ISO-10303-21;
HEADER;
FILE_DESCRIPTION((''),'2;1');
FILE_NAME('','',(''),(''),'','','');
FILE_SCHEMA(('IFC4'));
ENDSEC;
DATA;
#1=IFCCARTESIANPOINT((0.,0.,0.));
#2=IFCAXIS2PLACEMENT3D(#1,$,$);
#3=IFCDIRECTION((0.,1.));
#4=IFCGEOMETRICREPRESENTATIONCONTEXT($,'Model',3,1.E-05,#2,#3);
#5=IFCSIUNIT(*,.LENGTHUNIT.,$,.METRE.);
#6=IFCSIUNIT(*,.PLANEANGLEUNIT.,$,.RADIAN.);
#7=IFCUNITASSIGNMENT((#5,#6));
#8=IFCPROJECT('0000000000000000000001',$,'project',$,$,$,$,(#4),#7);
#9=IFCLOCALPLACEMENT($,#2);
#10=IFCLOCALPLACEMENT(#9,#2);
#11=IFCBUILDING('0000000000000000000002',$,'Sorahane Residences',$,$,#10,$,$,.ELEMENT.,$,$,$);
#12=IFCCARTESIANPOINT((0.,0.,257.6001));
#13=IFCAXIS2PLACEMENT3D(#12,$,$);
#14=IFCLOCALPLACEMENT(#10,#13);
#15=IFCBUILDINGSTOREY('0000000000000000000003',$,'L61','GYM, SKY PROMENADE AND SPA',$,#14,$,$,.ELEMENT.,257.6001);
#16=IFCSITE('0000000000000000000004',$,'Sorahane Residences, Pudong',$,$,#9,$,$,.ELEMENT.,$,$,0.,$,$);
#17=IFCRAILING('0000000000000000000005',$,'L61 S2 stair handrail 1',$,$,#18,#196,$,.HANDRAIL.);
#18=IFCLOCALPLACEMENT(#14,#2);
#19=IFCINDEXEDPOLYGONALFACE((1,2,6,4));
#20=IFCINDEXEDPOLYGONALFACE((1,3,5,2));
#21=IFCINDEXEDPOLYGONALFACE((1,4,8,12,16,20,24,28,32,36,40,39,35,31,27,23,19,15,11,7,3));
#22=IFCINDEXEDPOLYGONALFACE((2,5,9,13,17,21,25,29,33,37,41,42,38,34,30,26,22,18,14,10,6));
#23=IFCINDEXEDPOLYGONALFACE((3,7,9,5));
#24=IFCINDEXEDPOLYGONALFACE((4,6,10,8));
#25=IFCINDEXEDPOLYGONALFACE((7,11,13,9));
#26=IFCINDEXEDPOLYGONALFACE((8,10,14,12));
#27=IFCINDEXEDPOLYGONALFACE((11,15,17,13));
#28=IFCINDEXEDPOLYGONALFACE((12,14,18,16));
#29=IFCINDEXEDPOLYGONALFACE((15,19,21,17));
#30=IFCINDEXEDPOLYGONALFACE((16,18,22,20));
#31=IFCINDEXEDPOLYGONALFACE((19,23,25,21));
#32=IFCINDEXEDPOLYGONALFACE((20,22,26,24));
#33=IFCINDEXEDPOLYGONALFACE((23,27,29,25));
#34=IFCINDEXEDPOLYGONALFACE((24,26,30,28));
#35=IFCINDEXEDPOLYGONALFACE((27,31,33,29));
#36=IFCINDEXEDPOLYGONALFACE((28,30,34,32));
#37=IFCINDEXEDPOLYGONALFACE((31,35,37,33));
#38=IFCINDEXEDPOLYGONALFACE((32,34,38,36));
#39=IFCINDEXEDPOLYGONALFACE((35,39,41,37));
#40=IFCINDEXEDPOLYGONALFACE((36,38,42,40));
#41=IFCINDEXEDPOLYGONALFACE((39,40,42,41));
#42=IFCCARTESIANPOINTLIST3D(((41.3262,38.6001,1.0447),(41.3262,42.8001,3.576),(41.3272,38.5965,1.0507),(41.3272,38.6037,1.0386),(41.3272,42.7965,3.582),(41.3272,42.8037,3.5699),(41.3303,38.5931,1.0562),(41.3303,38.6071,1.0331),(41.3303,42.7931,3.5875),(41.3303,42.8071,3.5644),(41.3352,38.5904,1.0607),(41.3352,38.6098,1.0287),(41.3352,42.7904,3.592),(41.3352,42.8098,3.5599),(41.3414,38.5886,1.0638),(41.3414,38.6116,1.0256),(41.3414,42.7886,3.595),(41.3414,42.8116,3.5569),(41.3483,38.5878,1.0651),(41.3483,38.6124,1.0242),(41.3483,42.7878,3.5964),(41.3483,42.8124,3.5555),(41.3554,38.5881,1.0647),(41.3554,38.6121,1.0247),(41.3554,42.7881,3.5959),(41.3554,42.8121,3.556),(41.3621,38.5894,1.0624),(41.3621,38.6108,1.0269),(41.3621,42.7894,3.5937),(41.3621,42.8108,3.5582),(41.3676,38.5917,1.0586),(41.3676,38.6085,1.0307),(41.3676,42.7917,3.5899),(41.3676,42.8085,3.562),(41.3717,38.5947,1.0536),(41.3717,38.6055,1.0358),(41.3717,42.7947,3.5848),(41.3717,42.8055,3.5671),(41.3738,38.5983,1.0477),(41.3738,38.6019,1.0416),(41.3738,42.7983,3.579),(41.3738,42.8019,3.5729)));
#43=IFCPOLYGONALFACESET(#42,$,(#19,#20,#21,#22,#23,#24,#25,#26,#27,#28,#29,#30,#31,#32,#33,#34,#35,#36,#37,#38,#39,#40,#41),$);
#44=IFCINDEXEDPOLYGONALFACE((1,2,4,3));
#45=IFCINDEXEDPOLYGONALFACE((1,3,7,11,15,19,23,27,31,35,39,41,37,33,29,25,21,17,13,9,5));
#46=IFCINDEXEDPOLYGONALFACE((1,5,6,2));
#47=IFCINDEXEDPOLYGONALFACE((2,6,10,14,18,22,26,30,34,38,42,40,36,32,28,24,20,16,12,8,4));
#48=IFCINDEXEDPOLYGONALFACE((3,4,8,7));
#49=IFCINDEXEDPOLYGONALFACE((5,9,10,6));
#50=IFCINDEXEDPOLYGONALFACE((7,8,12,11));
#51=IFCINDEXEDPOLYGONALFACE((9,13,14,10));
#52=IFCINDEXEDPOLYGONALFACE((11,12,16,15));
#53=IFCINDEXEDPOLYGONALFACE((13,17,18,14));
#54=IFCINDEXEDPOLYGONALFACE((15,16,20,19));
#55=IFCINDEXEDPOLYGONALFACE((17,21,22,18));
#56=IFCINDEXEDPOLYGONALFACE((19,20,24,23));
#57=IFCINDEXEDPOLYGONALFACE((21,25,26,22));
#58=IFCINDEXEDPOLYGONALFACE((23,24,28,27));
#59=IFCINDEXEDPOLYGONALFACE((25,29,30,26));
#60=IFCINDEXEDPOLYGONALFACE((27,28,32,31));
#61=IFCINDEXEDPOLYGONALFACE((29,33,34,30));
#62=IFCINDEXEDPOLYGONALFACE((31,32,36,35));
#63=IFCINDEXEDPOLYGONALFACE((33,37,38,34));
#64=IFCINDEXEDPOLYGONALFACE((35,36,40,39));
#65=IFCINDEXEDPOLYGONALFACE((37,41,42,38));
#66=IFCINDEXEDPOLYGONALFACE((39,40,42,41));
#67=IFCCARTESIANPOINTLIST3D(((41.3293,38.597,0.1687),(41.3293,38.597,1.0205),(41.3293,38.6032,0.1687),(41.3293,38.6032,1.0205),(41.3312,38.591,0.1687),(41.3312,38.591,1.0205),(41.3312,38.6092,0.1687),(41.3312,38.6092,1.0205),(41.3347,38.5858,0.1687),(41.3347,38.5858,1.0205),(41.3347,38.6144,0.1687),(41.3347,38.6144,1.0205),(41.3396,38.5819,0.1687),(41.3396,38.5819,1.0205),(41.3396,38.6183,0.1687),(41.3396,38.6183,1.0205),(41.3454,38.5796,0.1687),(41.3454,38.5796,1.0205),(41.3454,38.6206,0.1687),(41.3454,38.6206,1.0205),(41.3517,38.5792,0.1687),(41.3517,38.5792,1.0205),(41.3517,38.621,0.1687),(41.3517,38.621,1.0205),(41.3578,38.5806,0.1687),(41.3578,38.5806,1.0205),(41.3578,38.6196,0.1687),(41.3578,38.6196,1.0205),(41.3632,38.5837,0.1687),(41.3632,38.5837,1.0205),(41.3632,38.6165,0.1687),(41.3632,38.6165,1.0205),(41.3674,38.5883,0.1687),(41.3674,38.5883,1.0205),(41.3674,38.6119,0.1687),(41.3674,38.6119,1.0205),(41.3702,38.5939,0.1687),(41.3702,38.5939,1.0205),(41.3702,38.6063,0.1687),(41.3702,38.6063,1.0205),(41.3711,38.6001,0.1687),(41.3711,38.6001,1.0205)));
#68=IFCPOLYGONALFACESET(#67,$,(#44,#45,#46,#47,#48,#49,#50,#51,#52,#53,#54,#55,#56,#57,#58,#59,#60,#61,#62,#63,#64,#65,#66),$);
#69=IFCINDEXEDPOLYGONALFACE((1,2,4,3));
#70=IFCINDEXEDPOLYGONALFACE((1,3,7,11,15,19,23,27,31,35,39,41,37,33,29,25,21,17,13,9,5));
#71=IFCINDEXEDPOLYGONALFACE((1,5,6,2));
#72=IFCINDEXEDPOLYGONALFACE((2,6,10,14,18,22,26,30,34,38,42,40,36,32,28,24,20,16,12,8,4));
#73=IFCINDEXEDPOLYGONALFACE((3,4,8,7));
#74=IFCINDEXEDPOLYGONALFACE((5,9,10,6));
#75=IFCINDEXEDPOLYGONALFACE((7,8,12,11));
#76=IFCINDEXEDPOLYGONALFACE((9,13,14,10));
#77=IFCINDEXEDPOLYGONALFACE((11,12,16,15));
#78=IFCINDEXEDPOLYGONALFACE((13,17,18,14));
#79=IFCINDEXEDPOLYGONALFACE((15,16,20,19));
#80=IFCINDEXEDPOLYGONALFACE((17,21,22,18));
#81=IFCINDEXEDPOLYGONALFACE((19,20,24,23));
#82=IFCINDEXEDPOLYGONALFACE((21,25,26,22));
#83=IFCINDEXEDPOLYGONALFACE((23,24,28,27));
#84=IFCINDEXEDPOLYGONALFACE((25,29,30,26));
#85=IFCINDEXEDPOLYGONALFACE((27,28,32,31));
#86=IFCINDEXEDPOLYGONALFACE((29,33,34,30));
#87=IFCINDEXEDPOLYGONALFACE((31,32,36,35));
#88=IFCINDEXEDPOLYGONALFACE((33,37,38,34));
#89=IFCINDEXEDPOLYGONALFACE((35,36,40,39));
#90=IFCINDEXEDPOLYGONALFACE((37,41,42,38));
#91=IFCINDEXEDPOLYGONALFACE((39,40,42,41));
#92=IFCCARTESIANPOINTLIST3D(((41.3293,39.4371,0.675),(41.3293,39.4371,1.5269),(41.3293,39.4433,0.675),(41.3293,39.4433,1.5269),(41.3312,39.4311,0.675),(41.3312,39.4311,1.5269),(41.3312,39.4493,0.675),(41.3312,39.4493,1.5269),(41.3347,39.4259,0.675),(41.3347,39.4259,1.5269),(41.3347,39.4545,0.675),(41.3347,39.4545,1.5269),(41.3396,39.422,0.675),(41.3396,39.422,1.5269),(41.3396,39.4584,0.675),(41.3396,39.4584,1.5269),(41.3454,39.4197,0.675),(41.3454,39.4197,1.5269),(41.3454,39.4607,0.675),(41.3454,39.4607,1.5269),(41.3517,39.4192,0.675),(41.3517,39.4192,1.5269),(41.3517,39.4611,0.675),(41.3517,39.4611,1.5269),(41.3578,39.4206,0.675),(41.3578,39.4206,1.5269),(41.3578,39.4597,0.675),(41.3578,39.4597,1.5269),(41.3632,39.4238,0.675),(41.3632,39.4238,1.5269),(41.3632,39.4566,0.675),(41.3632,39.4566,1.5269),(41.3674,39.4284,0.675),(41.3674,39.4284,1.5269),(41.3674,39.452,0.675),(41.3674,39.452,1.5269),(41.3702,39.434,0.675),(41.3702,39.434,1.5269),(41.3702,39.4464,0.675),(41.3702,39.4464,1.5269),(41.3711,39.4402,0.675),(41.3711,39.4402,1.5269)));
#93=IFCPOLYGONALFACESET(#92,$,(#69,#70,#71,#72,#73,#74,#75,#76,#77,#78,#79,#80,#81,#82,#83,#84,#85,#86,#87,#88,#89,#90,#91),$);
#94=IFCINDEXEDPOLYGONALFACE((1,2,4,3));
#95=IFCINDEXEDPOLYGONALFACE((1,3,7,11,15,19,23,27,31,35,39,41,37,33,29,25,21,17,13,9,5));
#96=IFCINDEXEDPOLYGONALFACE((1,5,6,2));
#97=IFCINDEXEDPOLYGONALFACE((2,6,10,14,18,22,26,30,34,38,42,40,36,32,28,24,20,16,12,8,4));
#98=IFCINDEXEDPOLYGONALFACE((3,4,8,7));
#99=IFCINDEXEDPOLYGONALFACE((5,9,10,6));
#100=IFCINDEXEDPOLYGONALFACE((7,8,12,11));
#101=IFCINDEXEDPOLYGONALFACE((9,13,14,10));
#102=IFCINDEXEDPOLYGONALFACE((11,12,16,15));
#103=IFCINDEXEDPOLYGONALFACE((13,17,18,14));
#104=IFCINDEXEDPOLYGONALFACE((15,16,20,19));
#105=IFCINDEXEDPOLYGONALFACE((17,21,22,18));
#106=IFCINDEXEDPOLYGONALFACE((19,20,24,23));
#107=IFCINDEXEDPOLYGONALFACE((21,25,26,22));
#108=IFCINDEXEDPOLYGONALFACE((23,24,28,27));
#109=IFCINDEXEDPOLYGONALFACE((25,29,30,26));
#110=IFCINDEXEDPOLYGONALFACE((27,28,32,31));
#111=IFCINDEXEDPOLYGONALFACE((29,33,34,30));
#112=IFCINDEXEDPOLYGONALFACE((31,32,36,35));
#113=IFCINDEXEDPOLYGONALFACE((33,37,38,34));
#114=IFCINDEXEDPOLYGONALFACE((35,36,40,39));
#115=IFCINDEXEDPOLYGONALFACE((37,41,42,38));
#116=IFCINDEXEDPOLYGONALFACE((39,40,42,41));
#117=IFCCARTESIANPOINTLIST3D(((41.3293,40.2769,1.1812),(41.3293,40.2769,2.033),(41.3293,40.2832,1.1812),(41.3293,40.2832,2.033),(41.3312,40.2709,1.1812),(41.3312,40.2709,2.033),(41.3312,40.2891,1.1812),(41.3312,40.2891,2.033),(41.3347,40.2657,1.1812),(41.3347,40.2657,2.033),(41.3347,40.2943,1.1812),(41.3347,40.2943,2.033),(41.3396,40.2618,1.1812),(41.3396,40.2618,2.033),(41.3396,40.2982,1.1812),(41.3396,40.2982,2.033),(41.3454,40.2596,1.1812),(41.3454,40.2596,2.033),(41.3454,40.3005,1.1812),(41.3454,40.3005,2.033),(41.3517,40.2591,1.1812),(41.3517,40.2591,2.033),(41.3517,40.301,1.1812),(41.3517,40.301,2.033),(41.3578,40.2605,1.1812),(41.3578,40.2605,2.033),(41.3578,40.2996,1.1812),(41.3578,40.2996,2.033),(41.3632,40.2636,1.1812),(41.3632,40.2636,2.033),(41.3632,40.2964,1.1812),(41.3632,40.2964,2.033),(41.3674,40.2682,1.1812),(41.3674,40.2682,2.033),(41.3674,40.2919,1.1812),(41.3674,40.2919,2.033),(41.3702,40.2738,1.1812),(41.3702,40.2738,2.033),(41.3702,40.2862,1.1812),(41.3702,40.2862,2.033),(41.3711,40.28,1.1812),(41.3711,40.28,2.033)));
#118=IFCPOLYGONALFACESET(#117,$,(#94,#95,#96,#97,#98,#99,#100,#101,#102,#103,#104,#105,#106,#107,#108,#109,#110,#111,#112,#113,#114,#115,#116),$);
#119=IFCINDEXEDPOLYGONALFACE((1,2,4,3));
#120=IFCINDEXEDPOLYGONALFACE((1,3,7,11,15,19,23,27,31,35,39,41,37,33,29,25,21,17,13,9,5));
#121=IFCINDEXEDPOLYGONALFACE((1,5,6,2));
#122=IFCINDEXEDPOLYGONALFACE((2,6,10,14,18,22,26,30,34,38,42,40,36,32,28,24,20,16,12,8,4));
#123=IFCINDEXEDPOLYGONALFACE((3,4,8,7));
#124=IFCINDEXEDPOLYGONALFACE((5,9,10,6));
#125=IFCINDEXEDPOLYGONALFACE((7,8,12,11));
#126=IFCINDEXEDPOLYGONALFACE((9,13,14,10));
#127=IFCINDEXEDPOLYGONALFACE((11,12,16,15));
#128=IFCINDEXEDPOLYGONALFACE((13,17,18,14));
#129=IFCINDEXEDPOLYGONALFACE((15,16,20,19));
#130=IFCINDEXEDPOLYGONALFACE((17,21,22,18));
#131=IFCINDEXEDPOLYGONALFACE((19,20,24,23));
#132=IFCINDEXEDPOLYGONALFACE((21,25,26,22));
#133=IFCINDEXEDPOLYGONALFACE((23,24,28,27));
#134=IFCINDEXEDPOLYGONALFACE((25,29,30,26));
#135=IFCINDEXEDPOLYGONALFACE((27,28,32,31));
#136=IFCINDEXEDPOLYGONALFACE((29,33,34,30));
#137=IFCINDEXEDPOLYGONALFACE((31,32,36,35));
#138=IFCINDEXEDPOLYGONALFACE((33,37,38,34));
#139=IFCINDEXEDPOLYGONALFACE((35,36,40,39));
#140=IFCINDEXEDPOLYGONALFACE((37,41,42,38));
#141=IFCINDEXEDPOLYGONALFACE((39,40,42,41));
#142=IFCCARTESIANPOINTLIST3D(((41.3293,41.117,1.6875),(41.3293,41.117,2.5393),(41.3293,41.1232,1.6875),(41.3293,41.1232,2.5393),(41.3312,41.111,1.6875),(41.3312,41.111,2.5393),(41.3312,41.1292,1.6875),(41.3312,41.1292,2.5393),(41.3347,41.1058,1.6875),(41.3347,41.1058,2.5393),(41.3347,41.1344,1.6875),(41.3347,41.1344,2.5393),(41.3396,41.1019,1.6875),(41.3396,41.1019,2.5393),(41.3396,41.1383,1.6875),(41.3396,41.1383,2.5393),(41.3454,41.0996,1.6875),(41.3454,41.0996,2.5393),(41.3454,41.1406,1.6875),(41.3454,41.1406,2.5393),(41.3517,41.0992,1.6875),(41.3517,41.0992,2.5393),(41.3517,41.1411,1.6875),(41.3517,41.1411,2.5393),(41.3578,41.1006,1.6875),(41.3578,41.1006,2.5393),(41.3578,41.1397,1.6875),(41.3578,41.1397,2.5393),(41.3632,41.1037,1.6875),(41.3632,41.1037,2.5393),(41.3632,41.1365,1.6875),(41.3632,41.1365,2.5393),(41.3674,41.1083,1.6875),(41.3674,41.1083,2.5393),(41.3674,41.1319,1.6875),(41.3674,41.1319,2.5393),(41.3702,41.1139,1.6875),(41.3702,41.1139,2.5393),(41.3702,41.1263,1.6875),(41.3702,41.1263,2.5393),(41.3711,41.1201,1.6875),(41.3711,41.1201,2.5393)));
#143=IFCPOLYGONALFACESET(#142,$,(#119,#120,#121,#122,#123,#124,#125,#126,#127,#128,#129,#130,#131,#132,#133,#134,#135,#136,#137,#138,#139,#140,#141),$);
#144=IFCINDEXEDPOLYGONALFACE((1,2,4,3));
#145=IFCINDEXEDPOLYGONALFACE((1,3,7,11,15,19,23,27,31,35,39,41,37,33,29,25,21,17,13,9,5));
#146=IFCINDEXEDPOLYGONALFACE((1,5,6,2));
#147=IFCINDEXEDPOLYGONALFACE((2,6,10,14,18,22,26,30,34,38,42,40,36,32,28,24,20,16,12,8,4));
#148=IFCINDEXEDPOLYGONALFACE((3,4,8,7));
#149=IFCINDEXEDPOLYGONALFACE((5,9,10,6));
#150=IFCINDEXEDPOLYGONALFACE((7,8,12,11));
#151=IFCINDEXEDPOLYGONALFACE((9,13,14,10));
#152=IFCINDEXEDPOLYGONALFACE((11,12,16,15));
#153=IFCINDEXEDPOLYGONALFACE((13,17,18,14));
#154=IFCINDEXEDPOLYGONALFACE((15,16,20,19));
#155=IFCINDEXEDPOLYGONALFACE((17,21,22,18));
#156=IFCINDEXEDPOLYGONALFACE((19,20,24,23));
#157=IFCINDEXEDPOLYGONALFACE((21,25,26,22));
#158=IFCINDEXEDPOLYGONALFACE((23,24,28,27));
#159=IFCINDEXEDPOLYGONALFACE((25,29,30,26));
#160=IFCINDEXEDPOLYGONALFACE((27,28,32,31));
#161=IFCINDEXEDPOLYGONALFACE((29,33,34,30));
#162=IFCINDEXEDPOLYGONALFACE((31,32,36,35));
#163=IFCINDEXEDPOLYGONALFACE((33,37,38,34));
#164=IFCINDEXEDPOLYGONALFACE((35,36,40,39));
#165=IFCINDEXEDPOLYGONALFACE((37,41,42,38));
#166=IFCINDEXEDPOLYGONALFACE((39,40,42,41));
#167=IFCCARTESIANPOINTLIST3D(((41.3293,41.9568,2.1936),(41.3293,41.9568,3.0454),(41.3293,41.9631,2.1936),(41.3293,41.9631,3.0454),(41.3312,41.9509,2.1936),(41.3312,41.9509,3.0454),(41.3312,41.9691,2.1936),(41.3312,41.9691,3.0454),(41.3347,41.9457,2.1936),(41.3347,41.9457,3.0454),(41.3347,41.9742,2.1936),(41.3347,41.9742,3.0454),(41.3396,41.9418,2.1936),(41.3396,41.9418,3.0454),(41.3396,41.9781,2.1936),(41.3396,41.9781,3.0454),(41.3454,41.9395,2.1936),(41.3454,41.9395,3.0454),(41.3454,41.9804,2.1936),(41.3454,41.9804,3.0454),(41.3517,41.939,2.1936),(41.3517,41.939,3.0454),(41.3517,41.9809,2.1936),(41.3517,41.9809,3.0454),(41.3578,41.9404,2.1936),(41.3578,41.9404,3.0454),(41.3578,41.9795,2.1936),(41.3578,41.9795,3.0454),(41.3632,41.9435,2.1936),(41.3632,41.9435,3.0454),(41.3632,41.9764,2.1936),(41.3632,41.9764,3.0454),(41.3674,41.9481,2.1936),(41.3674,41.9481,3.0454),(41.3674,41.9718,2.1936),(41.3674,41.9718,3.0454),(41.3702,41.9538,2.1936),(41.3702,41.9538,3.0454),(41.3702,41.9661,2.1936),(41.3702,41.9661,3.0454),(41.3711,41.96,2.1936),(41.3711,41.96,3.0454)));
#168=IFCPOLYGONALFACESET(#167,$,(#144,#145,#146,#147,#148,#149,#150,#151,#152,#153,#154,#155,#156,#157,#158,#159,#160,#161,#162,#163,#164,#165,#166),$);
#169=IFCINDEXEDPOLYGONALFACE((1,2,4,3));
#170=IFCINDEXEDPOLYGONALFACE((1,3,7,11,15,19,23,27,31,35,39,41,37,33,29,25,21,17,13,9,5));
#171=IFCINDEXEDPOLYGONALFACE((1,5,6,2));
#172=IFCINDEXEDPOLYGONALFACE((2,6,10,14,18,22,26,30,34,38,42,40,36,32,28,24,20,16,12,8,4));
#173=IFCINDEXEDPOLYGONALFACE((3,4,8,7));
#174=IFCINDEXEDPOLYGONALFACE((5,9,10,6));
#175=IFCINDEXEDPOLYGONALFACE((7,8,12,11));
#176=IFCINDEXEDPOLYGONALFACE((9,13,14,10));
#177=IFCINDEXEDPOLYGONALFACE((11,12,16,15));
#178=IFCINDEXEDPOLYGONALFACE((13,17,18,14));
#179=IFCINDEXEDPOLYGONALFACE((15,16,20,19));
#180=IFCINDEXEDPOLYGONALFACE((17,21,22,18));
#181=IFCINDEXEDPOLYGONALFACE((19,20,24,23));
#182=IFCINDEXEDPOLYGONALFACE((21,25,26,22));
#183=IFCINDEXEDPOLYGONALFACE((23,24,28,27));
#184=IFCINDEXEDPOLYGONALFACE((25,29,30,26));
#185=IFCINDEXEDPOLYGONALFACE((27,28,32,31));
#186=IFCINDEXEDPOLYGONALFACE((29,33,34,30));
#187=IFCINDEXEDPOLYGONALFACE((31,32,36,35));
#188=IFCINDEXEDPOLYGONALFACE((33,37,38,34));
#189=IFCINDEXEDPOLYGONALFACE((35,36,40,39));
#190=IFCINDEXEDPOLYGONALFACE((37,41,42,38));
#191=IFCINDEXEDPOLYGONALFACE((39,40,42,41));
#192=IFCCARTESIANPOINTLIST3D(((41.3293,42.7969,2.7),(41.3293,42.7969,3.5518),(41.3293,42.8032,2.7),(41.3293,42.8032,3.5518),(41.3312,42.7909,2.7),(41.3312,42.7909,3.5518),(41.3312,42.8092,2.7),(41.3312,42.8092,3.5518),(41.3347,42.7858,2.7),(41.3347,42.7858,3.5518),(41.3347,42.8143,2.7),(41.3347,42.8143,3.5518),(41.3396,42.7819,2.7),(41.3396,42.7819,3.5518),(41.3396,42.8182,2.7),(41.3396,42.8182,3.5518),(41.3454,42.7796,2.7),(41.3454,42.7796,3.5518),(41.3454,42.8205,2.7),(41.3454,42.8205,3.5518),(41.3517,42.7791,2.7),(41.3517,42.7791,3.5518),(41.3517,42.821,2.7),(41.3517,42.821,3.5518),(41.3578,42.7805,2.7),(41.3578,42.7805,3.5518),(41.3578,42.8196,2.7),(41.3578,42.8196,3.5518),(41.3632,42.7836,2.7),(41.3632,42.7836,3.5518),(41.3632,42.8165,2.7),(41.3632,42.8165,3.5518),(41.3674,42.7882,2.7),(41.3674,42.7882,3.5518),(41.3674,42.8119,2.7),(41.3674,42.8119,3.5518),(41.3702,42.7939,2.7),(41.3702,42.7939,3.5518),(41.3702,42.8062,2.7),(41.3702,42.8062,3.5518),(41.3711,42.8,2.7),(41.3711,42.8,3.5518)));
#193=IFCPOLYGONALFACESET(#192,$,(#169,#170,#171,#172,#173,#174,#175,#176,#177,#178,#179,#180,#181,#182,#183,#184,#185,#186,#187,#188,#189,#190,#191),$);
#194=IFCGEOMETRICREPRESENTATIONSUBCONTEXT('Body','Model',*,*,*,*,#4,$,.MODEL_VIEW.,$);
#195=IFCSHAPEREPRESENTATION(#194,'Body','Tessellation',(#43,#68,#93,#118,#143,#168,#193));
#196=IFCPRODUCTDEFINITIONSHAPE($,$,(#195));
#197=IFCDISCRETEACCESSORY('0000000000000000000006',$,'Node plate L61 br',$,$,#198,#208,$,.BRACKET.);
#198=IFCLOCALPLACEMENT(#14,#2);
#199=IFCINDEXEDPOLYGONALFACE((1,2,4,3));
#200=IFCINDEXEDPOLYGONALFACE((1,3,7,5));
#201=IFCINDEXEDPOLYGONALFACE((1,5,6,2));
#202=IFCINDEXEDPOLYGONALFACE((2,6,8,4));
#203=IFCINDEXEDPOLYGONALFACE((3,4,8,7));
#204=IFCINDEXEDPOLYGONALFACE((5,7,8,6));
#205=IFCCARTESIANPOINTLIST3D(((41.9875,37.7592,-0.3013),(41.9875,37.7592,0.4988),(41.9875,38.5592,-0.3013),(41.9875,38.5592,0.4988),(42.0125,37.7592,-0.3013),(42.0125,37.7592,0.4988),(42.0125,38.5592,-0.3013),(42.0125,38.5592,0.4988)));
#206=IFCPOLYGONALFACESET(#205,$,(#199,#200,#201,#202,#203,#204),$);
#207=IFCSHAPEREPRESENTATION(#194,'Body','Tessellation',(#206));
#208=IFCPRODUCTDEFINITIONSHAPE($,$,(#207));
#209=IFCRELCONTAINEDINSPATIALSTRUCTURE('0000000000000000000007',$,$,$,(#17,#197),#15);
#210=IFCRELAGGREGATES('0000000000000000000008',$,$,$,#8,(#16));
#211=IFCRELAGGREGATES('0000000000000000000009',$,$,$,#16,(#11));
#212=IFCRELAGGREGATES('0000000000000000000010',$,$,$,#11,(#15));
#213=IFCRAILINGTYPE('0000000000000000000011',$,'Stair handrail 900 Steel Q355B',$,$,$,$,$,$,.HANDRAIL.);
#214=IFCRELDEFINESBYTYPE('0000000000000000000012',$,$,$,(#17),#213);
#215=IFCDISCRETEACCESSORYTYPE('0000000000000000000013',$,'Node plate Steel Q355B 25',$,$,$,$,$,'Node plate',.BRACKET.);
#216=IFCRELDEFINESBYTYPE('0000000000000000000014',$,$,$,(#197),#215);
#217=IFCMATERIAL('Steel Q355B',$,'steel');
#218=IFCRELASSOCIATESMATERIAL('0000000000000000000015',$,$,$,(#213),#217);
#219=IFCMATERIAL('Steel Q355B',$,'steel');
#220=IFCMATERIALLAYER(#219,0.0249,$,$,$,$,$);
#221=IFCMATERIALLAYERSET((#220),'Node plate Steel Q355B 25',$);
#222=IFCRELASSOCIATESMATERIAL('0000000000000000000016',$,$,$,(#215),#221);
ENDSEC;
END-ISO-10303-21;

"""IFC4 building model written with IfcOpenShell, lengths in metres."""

from ifc_helpers import new_model, si_unit, direction, frame, origin, origin_2d, place, context, subcontext, project, spatial, rectangle, circle, extrude, material, layer, layer_set, type_object, element, save


model = new_model("IFC4")

# Units and contexts
model_context = context("Model", 3, precision=1e-05, world=origin(), true_north=direction((0.0, 1.0)))
body_context = subcontext(model_context, "Body", "Model", "MODEL_VIEW")
ifc_project = project(units=[si_unit("LENGTHUNIT", "METRE"), si_unit("PLANEANGLEUNIT", "RADIAN")], contexts=[model_context])

# Site, building, storey
site_placement = place(None, origin())
site = spatial("IfcSite", under=ifc_project, at=site_placement, Name="Sorahane Residences, Pudong", CompositionType="ELEMENT", RefElevation=0.0)
building_placement = place(site_placement, origin())
building = spatial("IfcBuilding", under=site, at=building_placement, Name="Sorahane Residences", CompositionType="ELEMENT")
storey_placement = place(building_placement, frame((0.0, 0.0, 257.6001)))
storey = spatial("IfcBuildingStorey", under=building, at=storey_placement, Name="L61", Description="GYM, SKY PROMENADE AND SPA", CompositionType="ELEMENT", Elevation=257.6001)

# Railing
ifc_material_1 = material(Name="Steel Q355B", Category="steel")
railing_type_1 = type_object("IfcRailingType", Name="Stair handrail 900 Steel Q355B", PredefinedType="HANDRAIL", material=ifc_material_1)
railing_1_placement = place(storey_placement, frame((41.3501, 38.6001, 0.1687)))
element("IfcRailing", 1, at=railing_1_placement, inside=storey, type_object=railing_type_1, Name="L61 S2 stair handrail 1", PredefinedType="HANDRAIL", context=body_context, shape_type="SweptSolid", body=[
    extrude(circle(Radius=0.0239, at=origin_2d()), frame((0.0, 0.0, 0.876), z_axis=(0.0, 0.856476, 0.516186), x_axis=(-1.0, 0.0, 0.0)), (0.0, 0.0, 1.0), 4.9038),
    extrude(circle(Radius=0.021, at=origin_2d()), origin(), (0.0, 0.0, 1.0), 0.8518),
    extrude(circle(Radius=0.021, at=origin_2d()), frame((0.0, 0.8401, 0.5063)), (0.0, 0.0, 1.0), 0.8518),
    extrude(circle(Radius=0.021, at=origin_2d()), frame((0.0, 1.6799, 1.0125)), (0.0, 0.0, 1.0), 0.8518),
    extrude(circle(Radius=0.021, at=origin_2d()), frame((0.0, 2.52, 1.5188)), (0.0, 0.0, 1.0), 0.8518),
    extrude(circle(Radius=0.021, at=origin_2d()), frame((0.0, 3.3599, 2.0249)), (0.0, 0.0, 1.0), 0.8518),
    extrude(circle(Radius=0.021, at=origin_2d()), frame((0.0, 4.2, 2.5312)), (0.0, 0.0, 1.0), 0.8518),
])

# Discrete accessory
ifc_material_2 = material(Name="Steel Q355B", Category="steel")
ifc_layer_1 = layer(ifc_material_2, 0.0249)
ifc_layer_set_1 = layer_set([ifc_layer_1], Name="Node plate Steel Q355B 25")
discrete_accessory_type = type_object("IfcDiscreteAccessoryType", Name="Node plate Steel Q355B 25", ElementType="Node plate", PredefinedType="BRACKET", material=ifc_layer_set_1)
discrete_accessory_placement = place(storey_placement, frame((42.0, 38.1592, -0.3013), z_axis=(0.0, 0.0, 1.0), x_axis=(0.0, 1.0, 0.0)))
element("IfcDiscreteAccessory", 2, at=discrete_accessory_placement, inside=storey, type_object=discrete_accessory_type, Name="Node plate L61 br", PredefinedType="BRACKET", context=body_context, shape_type="SweptSolid", body=[
    extrude(rectangle(XDim=0.8, YDim=0.0249, at=origin_2d()), origin(), (0.0, 0.0, 1.0), 0.8),
])

save(model, "model.ifc")
